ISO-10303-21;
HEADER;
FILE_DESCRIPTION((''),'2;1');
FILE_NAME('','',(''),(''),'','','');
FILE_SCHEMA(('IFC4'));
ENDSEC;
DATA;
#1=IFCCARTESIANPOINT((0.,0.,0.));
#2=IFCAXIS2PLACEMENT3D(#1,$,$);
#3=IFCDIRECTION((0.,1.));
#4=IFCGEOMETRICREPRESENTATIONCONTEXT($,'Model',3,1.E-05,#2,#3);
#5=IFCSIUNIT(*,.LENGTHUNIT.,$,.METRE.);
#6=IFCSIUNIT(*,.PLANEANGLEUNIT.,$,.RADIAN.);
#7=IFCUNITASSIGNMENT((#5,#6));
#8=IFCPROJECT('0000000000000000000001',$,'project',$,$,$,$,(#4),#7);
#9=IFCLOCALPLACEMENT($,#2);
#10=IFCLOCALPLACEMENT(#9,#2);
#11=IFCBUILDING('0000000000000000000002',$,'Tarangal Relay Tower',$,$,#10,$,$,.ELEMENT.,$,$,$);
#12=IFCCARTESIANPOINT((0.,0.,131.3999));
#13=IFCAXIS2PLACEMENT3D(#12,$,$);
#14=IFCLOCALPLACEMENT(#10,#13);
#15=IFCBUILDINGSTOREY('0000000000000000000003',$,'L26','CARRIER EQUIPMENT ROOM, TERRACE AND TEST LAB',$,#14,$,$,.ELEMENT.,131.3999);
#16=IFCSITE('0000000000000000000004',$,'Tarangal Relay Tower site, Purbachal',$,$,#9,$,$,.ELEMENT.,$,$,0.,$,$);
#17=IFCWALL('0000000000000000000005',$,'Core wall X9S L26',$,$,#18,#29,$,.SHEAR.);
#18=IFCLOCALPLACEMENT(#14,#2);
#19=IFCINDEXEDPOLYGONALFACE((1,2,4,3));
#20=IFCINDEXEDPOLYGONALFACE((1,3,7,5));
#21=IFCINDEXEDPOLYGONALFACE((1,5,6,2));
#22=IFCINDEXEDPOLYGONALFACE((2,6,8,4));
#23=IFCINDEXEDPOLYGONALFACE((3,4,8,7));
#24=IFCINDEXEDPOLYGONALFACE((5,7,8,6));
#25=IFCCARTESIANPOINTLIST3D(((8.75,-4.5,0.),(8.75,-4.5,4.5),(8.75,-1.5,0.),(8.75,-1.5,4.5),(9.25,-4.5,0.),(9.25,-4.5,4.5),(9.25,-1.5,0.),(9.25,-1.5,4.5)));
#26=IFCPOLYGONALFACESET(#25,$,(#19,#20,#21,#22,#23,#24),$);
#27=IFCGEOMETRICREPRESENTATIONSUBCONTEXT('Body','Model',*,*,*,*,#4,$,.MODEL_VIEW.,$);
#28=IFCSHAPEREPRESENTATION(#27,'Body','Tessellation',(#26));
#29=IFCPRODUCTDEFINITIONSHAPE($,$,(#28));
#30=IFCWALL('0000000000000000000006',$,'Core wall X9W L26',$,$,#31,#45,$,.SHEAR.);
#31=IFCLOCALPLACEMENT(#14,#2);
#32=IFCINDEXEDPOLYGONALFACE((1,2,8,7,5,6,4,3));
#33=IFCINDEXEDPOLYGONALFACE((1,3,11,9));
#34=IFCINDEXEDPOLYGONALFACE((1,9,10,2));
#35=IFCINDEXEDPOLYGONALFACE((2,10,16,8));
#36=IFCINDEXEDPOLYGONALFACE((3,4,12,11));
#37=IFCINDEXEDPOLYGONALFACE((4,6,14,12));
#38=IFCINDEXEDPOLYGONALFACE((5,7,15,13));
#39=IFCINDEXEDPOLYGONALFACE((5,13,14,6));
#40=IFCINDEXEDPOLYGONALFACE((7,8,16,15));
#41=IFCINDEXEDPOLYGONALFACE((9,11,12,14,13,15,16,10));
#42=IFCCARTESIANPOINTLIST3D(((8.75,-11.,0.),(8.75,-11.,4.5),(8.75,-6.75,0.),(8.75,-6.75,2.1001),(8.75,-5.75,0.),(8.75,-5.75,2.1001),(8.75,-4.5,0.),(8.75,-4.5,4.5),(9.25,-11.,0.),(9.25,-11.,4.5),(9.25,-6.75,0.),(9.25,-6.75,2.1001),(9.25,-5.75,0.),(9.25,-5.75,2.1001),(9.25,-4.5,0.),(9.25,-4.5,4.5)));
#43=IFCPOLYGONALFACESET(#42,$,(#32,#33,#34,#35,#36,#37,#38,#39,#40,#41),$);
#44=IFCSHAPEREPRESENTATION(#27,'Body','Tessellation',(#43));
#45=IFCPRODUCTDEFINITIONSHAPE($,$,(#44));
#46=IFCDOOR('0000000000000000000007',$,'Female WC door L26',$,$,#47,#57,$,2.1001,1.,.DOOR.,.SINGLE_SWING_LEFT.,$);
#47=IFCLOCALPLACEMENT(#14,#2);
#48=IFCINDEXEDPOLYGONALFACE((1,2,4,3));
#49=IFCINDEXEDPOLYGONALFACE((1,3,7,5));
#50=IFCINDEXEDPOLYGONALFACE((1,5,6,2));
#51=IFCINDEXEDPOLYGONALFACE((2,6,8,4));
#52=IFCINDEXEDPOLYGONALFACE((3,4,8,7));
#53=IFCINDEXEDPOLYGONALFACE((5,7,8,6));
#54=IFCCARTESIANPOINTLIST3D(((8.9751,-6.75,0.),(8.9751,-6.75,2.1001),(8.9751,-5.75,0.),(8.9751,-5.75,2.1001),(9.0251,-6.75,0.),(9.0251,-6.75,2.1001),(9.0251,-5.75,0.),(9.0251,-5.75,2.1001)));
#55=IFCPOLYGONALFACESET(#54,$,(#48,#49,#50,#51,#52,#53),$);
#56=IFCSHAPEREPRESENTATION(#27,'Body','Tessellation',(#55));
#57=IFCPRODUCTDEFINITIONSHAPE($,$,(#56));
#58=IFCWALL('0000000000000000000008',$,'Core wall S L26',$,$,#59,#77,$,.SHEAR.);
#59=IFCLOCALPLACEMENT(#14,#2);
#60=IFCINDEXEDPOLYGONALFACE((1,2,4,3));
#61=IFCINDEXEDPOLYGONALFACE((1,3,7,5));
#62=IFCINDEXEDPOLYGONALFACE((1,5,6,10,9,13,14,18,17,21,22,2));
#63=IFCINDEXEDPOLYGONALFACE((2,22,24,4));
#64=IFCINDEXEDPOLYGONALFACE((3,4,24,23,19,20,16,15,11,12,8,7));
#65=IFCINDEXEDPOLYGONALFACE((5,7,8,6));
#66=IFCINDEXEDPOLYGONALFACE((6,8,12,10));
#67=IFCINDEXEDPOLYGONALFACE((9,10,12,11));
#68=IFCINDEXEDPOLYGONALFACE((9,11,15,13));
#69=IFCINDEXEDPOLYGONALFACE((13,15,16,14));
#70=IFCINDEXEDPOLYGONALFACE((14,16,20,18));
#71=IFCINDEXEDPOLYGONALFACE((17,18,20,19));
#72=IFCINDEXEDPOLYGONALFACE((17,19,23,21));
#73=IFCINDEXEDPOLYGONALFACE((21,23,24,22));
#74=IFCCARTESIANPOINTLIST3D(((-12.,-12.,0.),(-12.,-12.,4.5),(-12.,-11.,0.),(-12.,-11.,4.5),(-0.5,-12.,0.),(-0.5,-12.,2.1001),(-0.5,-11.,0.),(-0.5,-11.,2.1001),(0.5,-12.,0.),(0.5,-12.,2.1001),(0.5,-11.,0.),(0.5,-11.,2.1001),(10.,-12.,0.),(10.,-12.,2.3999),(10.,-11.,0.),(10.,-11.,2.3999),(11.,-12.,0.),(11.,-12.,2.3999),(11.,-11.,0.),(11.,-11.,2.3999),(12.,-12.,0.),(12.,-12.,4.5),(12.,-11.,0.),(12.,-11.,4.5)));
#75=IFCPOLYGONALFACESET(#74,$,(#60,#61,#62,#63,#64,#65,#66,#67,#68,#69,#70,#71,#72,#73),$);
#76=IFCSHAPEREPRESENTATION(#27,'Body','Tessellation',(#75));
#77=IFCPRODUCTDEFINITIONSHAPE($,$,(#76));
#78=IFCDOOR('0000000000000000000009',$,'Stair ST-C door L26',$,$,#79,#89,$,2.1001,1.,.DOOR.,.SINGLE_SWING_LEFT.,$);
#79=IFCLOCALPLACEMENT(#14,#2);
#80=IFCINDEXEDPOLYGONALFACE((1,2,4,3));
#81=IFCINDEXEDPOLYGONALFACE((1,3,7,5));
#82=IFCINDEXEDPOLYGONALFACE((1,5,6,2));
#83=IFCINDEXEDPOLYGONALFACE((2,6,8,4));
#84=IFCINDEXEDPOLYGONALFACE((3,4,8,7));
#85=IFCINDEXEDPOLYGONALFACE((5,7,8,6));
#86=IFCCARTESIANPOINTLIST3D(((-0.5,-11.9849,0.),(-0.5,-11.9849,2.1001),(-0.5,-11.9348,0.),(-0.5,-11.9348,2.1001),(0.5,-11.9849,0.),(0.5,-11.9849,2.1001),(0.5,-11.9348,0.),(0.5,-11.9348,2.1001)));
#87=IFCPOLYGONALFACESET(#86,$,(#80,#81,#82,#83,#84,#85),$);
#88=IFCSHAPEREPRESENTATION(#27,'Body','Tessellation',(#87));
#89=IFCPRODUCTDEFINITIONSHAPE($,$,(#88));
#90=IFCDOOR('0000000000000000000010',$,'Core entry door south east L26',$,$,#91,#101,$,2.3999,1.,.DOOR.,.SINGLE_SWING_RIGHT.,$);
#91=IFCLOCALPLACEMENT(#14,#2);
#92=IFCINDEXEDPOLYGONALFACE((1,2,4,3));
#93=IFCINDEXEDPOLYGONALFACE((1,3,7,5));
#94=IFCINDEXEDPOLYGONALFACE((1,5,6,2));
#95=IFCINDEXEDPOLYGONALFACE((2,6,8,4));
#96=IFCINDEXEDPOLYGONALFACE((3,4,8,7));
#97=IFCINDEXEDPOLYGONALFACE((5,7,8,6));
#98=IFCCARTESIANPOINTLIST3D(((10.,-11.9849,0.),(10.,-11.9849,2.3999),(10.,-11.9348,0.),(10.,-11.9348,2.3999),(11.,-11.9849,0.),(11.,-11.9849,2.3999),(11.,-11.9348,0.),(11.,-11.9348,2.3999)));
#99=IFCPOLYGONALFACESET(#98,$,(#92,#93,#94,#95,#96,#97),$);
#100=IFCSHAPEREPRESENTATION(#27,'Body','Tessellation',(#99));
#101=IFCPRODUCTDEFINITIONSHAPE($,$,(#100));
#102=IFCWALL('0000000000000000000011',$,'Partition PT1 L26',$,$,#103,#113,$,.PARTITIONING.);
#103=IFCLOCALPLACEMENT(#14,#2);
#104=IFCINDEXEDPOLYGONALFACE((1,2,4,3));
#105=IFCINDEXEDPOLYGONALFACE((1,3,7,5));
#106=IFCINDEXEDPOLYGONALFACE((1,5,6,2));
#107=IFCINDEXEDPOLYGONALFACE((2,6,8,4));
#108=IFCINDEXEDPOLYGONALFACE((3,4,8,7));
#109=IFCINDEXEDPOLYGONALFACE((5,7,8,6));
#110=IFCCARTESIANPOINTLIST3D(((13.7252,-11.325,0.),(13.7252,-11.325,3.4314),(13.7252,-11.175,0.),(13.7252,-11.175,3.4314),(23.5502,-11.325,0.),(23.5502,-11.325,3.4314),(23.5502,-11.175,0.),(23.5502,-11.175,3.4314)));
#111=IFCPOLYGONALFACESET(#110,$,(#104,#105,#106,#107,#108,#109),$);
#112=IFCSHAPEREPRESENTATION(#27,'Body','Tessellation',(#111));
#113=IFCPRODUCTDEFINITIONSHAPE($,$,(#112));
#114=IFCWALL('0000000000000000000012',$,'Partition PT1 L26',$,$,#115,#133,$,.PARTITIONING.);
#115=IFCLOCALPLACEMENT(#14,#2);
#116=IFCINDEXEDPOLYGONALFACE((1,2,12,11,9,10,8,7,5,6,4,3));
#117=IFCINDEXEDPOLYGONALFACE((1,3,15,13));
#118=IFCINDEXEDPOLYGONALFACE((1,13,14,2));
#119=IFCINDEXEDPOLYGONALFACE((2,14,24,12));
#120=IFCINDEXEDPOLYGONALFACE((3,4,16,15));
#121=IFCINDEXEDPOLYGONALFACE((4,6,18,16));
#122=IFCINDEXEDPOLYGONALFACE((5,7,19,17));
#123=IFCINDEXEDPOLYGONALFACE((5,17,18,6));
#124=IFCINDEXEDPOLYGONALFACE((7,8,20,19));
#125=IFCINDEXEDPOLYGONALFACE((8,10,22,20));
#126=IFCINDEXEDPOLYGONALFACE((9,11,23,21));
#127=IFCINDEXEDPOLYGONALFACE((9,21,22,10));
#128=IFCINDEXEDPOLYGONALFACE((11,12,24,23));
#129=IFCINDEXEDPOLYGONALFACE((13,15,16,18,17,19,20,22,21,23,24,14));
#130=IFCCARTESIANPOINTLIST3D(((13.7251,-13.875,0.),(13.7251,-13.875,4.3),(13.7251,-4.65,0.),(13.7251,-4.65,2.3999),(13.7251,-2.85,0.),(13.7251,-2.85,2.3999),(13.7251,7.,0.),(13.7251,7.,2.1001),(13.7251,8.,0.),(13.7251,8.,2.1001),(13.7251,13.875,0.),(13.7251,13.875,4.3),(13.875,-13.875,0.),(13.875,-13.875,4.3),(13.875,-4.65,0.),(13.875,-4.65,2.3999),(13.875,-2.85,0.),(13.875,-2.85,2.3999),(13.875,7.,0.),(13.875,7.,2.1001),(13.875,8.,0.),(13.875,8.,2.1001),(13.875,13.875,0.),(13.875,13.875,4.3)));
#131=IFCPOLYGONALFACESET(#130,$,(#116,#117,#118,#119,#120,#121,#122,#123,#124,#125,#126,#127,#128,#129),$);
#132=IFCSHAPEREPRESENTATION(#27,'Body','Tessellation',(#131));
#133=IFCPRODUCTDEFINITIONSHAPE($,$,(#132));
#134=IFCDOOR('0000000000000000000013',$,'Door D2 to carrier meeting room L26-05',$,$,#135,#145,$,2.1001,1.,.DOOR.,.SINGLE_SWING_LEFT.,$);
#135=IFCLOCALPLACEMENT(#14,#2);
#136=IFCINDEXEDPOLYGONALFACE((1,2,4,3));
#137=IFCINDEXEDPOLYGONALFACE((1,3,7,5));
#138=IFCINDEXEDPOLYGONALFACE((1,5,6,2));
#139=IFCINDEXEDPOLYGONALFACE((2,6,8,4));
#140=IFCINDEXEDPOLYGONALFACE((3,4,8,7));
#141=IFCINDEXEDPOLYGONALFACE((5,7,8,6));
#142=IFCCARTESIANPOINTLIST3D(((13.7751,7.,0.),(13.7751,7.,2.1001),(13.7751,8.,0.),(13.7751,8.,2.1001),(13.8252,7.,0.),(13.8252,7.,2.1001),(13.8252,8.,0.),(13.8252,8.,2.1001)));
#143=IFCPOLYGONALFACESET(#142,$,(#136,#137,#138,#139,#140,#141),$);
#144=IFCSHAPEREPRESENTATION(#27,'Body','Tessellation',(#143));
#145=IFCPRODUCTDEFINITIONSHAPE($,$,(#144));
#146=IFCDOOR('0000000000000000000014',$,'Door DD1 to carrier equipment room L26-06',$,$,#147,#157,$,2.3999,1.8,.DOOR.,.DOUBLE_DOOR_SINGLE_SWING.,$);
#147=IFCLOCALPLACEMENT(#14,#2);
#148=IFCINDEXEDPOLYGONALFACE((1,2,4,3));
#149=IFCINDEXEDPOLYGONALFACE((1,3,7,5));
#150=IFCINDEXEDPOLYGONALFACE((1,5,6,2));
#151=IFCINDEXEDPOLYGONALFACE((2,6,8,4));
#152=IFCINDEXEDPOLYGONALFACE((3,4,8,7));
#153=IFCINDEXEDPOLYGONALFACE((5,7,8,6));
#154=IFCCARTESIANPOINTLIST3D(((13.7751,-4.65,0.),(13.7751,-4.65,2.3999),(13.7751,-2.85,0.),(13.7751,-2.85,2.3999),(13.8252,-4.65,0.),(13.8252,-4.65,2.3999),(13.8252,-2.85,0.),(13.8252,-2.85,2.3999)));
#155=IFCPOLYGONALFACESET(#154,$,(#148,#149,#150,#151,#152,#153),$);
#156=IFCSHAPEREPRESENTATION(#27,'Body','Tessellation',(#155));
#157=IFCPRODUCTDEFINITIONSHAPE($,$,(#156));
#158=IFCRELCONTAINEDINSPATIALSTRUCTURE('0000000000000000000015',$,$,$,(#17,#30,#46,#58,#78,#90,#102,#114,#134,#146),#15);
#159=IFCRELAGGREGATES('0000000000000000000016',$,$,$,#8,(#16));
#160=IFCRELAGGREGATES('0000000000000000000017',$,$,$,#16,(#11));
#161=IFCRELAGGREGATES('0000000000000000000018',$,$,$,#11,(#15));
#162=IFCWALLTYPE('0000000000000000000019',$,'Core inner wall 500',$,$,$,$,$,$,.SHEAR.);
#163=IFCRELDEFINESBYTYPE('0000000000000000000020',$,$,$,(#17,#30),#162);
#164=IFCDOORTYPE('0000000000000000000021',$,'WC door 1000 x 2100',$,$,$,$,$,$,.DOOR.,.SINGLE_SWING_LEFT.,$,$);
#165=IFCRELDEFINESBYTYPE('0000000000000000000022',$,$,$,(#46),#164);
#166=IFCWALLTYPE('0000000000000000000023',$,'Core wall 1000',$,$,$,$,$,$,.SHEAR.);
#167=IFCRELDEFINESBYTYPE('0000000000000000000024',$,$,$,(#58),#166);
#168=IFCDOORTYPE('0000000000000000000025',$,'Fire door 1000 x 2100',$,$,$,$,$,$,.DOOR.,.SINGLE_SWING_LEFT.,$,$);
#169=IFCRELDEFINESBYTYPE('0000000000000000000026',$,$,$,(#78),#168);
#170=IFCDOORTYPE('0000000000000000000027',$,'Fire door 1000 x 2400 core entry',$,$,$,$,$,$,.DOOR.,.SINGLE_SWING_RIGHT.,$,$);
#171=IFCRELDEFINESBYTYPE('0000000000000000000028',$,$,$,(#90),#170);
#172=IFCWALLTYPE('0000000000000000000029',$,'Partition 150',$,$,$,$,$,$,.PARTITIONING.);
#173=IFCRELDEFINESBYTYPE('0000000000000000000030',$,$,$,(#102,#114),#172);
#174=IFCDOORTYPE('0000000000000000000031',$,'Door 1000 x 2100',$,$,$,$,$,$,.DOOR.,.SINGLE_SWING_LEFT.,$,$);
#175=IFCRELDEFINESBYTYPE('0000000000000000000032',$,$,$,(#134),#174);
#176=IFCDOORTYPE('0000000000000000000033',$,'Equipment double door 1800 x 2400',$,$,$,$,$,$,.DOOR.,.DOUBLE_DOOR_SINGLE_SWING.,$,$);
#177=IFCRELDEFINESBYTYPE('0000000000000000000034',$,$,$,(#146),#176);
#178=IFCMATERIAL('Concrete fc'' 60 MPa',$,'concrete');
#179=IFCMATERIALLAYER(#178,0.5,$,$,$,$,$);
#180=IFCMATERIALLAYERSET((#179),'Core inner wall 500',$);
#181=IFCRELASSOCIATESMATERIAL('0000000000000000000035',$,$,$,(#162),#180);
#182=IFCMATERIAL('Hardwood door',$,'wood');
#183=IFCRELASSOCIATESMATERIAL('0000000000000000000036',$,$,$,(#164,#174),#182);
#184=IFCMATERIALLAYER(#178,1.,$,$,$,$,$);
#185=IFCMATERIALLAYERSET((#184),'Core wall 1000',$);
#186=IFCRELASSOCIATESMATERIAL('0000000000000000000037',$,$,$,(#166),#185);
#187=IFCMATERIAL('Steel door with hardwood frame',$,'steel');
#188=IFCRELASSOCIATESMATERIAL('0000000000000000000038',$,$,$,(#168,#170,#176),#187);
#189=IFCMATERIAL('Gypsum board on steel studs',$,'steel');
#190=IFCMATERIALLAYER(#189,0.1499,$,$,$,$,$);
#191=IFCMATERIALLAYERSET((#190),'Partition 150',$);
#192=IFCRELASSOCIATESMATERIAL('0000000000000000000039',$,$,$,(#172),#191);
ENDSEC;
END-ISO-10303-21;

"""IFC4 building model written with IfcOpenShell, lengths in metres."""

from ifc_helpers import new_model, si_unit, direction, frame, frame_2d, origin, place, context, subcontext, project, spatial, rectangle, extrude, material, layer, layer_set, type_object, element, fill, save


model = new_model("IFC4")

# Units and contexts
model_context = context("Model", 3, precision=1e-05, world=origin(), true_north=direction((0.0, 1.0)))
body_context = subcontext(model_context, "Body", "Model", "MODEL_VIEW")
ifc_project = project(units=[si_unit("LENGTHUNIT", "METRE"), si_unit("PLANEANGLEUNIT", "RADIAN")], contexts=[model_context])

# Site, building, storey
site_placement = place(None, origin())
site = spatial("IfcSite", under=ifc_project, at=site_placement, Name="Tarangal Relay Tower site, Purbachal", CompositionType="ELEMENT", RefElevation=0.0)
building_placement = place(site_placement, origin())
building = spatial("IfcBuilding", under=site, at=building_placement, Name="Tarangal Relay Tower", CompositionType="ELEMENT")
storey_placement = place(building_placement, frame((0.0, 0.0, 131.3999)))
storey = spatial("IfcBuildingStorey", under=building, at=storey_placement, Name="L26", Description="CARRIER EQUIPMENT ROOM, TERRACE AND TEST LAB", CompositionType="ELEMENT", Elevation=131.3999)

# Wall
ifc_material_1 = material(Name="Concrete fc' 60 MPa", Category="concrete")
ifc_layer_1 = layer(ifc_material_1, 0.5)
ifc_layer_set_1 = layer_set([ifc_layer_1], Name="Core inner wall 500")
wall_type_1 = type_object("IfcWallType", Name="Core inner wall 500", PredefinedType="SHEAR", material=ifc_layer_set_1)
wall_1_placement = place(storey_placement, frame((9.0, -4.5, 0.0), z_axis=(0.0, 0.0, 1.0), x_axis=(0.0, 1.0, 0.0)))
element("IfcWall", 1, at=wall_1_placement, inside=storey, type_object=wall_type_1, Name="Core wall X9S L26", PredefinedType="SHEAR", context=body_context, shape_type="SweptSolid", body=[
    extrude(rectangle(XDim=3.0, YDim=0.5, at=frame_2d((1.5, 0.0))), origin(), (0.0, 0.0, 1.0), 4.5),
])

# Wall, opening, door
wall_2_placement = place(storey_placement, frame((9.0, -11.0, 0.0), z_axis=(0.0, 0.0, 1.0), x_axis=(0.0, 1.0, 0.0)))
wall_2 = element("IfcWall", 2, at=wall_2_placement, inside=storey, type_object=wall_type_1, Name="Core wall X9W L26", PredefinedType="SHEAR", context=body_context, shape_type="SweptSolid", body=[
    extrude(rectangle(XDim=6.5, YDim=0.5, at=frame_2d((3.25, 0.0))), origin(), (0.0, 0.0, 1.0), 4.5),
])
opening_1_placement = place(wall_2_placement, frame((4.25, 0.0, 0.0)))
opening_1 = element("IfcOpeningElement", 3, at=opening_1_placement, cuts=wall_2, PredefinedType="OPENING", context=body_context, shape_type="SweptSolid", body=[
    extrude(rectangle(XDim=1.0, YDim=2.1001, at=frame_2d((0.5, 1.05))), frame((0.0, 0.26, 0.0), z_axis=(0.0, -1.0, 0.0), x_axis=(1.0, 0.0, 0.0)), (0.0, 0.0, 1.0), 0.52),
])
ifc_material_2 = material(Name="Hardwood door", Category="wood")
door_type_1 = type_object("IfcDoorType", Name="WC door 1000 x 2100", OperationType="SINGLE_SWING_LEFT", PredefinedType="DOOR", material=ifc_material_2)
door_1_placement = place(opening_1_placement, origin())
door_1 = element("IfcDoor", 4, at=door_1_placement, inside=storey, type_object=door_type_1, Name="Female WC door L26", OperationType="SINGLE_SWING_LEFT", OverallHeight=2.1001, OverallWidth=1.0, PredefinedType="DOOR", context=body_context, shape_type="SweptSolid", body=[
    extrude(rectangle(XDim=1.0, YDim=2.1001, at=frame_2d((0.5, 1.05))), frame((0.0, 0.0249, 0.0), z_axis=(0.0, -1.0, 0.0), x_axis=(1.0, 0.0, 0.0)), (0.0, 0.0, 1.0), 0.05),
])
fill(opening_1, door_1)

# Wall, openings, doors
ifc_layer_2 = layer(ifc_material_1, 1.0)
ifc_layer_set_2 = layer_set([ifc_layer_2], Name="Core wall 1000")
wall_type_2 = type_object("IfcWallType", Name="Core wall 1000", PredefinedType="SHEAR", material=ifc_layer_set_2)
wall_3_placement = place(storey_placement, frame((12.0, -11.5, 0.0), z_axis=(0.0, 0.0, 1.0), x_axis=(-1.0, 0.0, 0.0)))
wall_3 = element("IfcWall", 5, at=wall_3_placement, inside=storey, type_object=wall_type_2, Name="Core wall S L26", PredefinedType="SHEAR", context=body_context, shape_type="SweptSolid", body=[
    extrude(rectangle(XDim=24.0, YDim=1.0, at=frame_2d((12.0, 0.0))), origin(), (0.0, 0.0, 1.0), 4.5),
])
opening_2_placement = place(wall_3_placement, frame((11.5, 0.0, 0.0)))
opening_2 = element("IfcOpeningElement", 6, at=opening_2_placement, cuts=wall_3, PredefinedType="OPENING", context=body_context, shape_type="SweptSolid", body=[
    extrude(rectangle(XDim=1.0, YDim=2.1001, at=frame_2d((0.5, 1.05))), frame((0.0, 0.51, 0.0), z_axis=(0.0, -1.0, 0.0), x_axis=(1.0, 0.0, 0.0)), (0.0, 0.0, 1.0), 1.02),
])
opening_3_placement = place(wall_3_placement, frame((1.0, 0.0, 0.0)))
opening_3 = element("IfcOpeningElement", 7, at=opening_3_placement, cuts=wall_3, PredefinedType="OPENING", context=body_context, shape_type="SweptSolid", body=[
    extrude(rectangle(XDim=1.0, YDim=2.3999, at=frame_2d((0.5, 1.2))), frame((0.0, 0.51, 0.0), z_axis=(0.0, -1.0, 0.0), x_axis=(1.0, 0.0, 0.0)), (0.0, 0.0, 1.0), 1.02),
])
ifc_material_3 = material(Name="Steel door with hardwood frame", Category="steel")
door_type_2 = type_object("IfcDoorType", Name="Fire door 1000 x 2100", OperationType="SINGLE_SWING_LEFT", PredefinedType="DOOR", material=ifc_material_3)
door_2_placement = place(opening_2_placement, origin())
door_2 = element("IfcDoor", 8, at=door_2_placement, inside=storey, type_object=door_type_2, Name="Stair ST-C door L26", OperationType="SINGLE_SWING_LEFT", OverallHeight=2.1001, OverallWidth=1.0, PredefinedType="DOOR", context=body_context, shape_type="SweptSolid", body=[
    extrude(rectangle(XDim=1.0, YDim=2.1001, at=frame_2d((0.5, 1.05))), frame((0.0, 0.4849, 0.0), z_axis=(0.0, -1.0, 0.0), x_axis=(1.0, 0.0, 0.0)), (0.0, 0.0, 1.0), 0.05),
])
fill(opening_2, door_2)
door_type_3 = type_object("IfcDoorType", Name="Fire door 1000 x 2400 core entry", OperationType="SINGLE_SWING_RIGHT", PredefinedType="DOOR", material=ifc_material_3)
door_3_placement = place(opening_3_placement, origin())
door_3 = element("IfcDoor", 9, at=door_3_placement, inside=storey, type_object=door_type_3, Name="Core entry door south east L26", OperationType="SINGLE_SWING_RIGHT", OverallHeight=2.3999, OverallWidth=1.0, PredefinedType="DOOR", context=body_context, shape_type="SweptSolid", body=[
    extrude(rectangle(XDim=1.0, YDim=2.3999, at=frame_2d((0.5, 1.2))), frame((0.0, 0.4849, 0.0), z_axis=(0.0, -1.0, 0.0), x_axis=(1.0, 0.0, 0.0)), (0.0, 0.0, 1.0), 0.05),
])
fill(opening_3, door_3)

# Wall
ifc_material_4 = material(Name="Gypsum board on steel studs", Category="steel")
ifc_layer_3 = layer(ifc_material_4, 0.1499)
ifc_layer_set_3 = layer_set([ifc_layer_3], Name="Partition 150")
wall_type_3 = type_object("IfcWallType", Name="Partition 150", PredefinedType="PARTITIONING", material=ifc_layer_set_3)
wall_4_placement = place(storey_placement, frame((13.7251, -11.25, 0.0), z_axis=(0.0, 0.0, 1.0), x_axis=(1.0, 0.0, 0.0)))
element("IfcWall", 10, at=wall_4_placement, inside=storey, type_object=wall_type_3, Name="Partition PT1 L26", PredefinedType="PARTITIONING", context=body_context, shape_type="SweptSolid", body=[
    extrude(rectangle(XDim=9.825, YDim=0.1499, at=frame_2d((4.9126, 0.0))), origin(), (0.0, 0.0, 1.0), 3.4314),
])

# Wall, openings, doors
wall_5_placement = place(storey_placement, frame((13.8, -13.875, 0.0), z_axis=(0.0, 0.0, 1.0), x_axis=(0.0, 1.0, 0.0)))
wall_5 = element("IfcWall", 11, at=wall_5_placement, inside=storey, type_object=wall_type_3, Name="Partition PT1 L26", PredefinedType="PARTITIONING", context=body_context, shape_type="SweptSolid", body=[
    extrude(rectangle(XDim=27.75, YDim=0.1499, at=frame_2d((13.875, 0.0))), origin(), (0.0, 0.0, 1.0), 4.3),
])
opening_4_placement = place(wall_5_placement, frame((20.875, 0.0, 0.0)))
opening_4 = element("IfcOpeningElement", 12, at=opening_4_placement, cuts=wall_5, PredefinedType="OPENING", context=body_context, shape_type="SweptSolid", body=[
    extrude(rectangle(XDim=1.0, YDim=2.1001, at=frame_2d((0.5, 1.05))), frame((0.0, 0.085, 0.0), z_axis=(0.0, -1.0, 0.0), x_axis=(1.0, 0.0, 0.0)), (0.0, 0.0, 1.0), 0.1699),
])
opening_5_placement = place(wall_5_placement, frame((9.2251, 0.0, 0.0)))
opening_5 = element("IfcOpeningElement", 13, at=opening_5_placement, cuts=wall_5, PredefinedType="OPENING", context=body_context, shape_type="SweptSolid", body=[
    extrude(rectangle(XDim=1.8, YDim=2.3999, at=frame_2d((0.8999, 1.2))), frame((0.0, 0.085, 0.0), z_axis=(0.0, -1.0, 0.0), x_axis=(1.0, 0.0, 0.0)), (0.0, 0.0, 1.0), 0.1699),
])
door_type_4 = type_object("IfcDoorType", Name="Door 1000 x 2100", OperationType="SINGLE_SWING_LEFT", PredefinedType="DOOR", material=ifc_material_2)
door_4_placement = place(opening_4_placement, origin())
door_4 = element("IfcDoor", 14, at=door_4_placement, inside=storey, type_object=door_type_4, Name="Door D2 to carrier meeting room L26-05", OperationType="SINGLE_SWING_LEFT", OverallHeight=2.1001, OverallWidth=1.0, PredefinedType="DOOR", context=body_context, shape_type="SweptSolid", body=[
    extrude(rectangle(XDim=1.0, YDim=2.1001, at=frame_2d((0.5, 1.05))), frame((0.0, 0.0249, 0.0), z_axis=(0.0, -1.0, 0.0), x_axis=(1.0, 0.0, 0.0)), (0.0, 0.0, 1.0), 0.05),
])
fill(opening_4, door_4)
door_type_5 = type_object("IfcDoorType", Name="Equipment double door 1800 x 2400", OperationType="DOUBLE_DOOR_SINGLE_SWING", PredefinedType="DOOR", material=ifc_material_3)
door_5_placement = place(opening_5_placement, origin())
door_5 = element("IfcDoor", 15, at=door_5_placement, inside=storey, type_object=door_type_5, Name="Door DD1 to carrier equipment room L26-06", OperationType="DOUBLE_DOOR_SINGLE_SWING", OverallHeight=2.3999, OverallWidth=1.8, PredefinedType="DOOR", context=body_context, shape_type="SweptSolid", body=[
    extrude(rectangle(XDim=1.8, YDim=2.3999, at=frame_2d((0.8999, 1.2))), frame((0.0, 0.0249, 0.0), z_axis=(0.0, -1.0, 0.0), x_axis=(1.0, 0.0, 0.0)), (0.0, 0.0, 1.0), 0.05),
])
fill(opening_5, door_5)

save(model, "model.ifc")
